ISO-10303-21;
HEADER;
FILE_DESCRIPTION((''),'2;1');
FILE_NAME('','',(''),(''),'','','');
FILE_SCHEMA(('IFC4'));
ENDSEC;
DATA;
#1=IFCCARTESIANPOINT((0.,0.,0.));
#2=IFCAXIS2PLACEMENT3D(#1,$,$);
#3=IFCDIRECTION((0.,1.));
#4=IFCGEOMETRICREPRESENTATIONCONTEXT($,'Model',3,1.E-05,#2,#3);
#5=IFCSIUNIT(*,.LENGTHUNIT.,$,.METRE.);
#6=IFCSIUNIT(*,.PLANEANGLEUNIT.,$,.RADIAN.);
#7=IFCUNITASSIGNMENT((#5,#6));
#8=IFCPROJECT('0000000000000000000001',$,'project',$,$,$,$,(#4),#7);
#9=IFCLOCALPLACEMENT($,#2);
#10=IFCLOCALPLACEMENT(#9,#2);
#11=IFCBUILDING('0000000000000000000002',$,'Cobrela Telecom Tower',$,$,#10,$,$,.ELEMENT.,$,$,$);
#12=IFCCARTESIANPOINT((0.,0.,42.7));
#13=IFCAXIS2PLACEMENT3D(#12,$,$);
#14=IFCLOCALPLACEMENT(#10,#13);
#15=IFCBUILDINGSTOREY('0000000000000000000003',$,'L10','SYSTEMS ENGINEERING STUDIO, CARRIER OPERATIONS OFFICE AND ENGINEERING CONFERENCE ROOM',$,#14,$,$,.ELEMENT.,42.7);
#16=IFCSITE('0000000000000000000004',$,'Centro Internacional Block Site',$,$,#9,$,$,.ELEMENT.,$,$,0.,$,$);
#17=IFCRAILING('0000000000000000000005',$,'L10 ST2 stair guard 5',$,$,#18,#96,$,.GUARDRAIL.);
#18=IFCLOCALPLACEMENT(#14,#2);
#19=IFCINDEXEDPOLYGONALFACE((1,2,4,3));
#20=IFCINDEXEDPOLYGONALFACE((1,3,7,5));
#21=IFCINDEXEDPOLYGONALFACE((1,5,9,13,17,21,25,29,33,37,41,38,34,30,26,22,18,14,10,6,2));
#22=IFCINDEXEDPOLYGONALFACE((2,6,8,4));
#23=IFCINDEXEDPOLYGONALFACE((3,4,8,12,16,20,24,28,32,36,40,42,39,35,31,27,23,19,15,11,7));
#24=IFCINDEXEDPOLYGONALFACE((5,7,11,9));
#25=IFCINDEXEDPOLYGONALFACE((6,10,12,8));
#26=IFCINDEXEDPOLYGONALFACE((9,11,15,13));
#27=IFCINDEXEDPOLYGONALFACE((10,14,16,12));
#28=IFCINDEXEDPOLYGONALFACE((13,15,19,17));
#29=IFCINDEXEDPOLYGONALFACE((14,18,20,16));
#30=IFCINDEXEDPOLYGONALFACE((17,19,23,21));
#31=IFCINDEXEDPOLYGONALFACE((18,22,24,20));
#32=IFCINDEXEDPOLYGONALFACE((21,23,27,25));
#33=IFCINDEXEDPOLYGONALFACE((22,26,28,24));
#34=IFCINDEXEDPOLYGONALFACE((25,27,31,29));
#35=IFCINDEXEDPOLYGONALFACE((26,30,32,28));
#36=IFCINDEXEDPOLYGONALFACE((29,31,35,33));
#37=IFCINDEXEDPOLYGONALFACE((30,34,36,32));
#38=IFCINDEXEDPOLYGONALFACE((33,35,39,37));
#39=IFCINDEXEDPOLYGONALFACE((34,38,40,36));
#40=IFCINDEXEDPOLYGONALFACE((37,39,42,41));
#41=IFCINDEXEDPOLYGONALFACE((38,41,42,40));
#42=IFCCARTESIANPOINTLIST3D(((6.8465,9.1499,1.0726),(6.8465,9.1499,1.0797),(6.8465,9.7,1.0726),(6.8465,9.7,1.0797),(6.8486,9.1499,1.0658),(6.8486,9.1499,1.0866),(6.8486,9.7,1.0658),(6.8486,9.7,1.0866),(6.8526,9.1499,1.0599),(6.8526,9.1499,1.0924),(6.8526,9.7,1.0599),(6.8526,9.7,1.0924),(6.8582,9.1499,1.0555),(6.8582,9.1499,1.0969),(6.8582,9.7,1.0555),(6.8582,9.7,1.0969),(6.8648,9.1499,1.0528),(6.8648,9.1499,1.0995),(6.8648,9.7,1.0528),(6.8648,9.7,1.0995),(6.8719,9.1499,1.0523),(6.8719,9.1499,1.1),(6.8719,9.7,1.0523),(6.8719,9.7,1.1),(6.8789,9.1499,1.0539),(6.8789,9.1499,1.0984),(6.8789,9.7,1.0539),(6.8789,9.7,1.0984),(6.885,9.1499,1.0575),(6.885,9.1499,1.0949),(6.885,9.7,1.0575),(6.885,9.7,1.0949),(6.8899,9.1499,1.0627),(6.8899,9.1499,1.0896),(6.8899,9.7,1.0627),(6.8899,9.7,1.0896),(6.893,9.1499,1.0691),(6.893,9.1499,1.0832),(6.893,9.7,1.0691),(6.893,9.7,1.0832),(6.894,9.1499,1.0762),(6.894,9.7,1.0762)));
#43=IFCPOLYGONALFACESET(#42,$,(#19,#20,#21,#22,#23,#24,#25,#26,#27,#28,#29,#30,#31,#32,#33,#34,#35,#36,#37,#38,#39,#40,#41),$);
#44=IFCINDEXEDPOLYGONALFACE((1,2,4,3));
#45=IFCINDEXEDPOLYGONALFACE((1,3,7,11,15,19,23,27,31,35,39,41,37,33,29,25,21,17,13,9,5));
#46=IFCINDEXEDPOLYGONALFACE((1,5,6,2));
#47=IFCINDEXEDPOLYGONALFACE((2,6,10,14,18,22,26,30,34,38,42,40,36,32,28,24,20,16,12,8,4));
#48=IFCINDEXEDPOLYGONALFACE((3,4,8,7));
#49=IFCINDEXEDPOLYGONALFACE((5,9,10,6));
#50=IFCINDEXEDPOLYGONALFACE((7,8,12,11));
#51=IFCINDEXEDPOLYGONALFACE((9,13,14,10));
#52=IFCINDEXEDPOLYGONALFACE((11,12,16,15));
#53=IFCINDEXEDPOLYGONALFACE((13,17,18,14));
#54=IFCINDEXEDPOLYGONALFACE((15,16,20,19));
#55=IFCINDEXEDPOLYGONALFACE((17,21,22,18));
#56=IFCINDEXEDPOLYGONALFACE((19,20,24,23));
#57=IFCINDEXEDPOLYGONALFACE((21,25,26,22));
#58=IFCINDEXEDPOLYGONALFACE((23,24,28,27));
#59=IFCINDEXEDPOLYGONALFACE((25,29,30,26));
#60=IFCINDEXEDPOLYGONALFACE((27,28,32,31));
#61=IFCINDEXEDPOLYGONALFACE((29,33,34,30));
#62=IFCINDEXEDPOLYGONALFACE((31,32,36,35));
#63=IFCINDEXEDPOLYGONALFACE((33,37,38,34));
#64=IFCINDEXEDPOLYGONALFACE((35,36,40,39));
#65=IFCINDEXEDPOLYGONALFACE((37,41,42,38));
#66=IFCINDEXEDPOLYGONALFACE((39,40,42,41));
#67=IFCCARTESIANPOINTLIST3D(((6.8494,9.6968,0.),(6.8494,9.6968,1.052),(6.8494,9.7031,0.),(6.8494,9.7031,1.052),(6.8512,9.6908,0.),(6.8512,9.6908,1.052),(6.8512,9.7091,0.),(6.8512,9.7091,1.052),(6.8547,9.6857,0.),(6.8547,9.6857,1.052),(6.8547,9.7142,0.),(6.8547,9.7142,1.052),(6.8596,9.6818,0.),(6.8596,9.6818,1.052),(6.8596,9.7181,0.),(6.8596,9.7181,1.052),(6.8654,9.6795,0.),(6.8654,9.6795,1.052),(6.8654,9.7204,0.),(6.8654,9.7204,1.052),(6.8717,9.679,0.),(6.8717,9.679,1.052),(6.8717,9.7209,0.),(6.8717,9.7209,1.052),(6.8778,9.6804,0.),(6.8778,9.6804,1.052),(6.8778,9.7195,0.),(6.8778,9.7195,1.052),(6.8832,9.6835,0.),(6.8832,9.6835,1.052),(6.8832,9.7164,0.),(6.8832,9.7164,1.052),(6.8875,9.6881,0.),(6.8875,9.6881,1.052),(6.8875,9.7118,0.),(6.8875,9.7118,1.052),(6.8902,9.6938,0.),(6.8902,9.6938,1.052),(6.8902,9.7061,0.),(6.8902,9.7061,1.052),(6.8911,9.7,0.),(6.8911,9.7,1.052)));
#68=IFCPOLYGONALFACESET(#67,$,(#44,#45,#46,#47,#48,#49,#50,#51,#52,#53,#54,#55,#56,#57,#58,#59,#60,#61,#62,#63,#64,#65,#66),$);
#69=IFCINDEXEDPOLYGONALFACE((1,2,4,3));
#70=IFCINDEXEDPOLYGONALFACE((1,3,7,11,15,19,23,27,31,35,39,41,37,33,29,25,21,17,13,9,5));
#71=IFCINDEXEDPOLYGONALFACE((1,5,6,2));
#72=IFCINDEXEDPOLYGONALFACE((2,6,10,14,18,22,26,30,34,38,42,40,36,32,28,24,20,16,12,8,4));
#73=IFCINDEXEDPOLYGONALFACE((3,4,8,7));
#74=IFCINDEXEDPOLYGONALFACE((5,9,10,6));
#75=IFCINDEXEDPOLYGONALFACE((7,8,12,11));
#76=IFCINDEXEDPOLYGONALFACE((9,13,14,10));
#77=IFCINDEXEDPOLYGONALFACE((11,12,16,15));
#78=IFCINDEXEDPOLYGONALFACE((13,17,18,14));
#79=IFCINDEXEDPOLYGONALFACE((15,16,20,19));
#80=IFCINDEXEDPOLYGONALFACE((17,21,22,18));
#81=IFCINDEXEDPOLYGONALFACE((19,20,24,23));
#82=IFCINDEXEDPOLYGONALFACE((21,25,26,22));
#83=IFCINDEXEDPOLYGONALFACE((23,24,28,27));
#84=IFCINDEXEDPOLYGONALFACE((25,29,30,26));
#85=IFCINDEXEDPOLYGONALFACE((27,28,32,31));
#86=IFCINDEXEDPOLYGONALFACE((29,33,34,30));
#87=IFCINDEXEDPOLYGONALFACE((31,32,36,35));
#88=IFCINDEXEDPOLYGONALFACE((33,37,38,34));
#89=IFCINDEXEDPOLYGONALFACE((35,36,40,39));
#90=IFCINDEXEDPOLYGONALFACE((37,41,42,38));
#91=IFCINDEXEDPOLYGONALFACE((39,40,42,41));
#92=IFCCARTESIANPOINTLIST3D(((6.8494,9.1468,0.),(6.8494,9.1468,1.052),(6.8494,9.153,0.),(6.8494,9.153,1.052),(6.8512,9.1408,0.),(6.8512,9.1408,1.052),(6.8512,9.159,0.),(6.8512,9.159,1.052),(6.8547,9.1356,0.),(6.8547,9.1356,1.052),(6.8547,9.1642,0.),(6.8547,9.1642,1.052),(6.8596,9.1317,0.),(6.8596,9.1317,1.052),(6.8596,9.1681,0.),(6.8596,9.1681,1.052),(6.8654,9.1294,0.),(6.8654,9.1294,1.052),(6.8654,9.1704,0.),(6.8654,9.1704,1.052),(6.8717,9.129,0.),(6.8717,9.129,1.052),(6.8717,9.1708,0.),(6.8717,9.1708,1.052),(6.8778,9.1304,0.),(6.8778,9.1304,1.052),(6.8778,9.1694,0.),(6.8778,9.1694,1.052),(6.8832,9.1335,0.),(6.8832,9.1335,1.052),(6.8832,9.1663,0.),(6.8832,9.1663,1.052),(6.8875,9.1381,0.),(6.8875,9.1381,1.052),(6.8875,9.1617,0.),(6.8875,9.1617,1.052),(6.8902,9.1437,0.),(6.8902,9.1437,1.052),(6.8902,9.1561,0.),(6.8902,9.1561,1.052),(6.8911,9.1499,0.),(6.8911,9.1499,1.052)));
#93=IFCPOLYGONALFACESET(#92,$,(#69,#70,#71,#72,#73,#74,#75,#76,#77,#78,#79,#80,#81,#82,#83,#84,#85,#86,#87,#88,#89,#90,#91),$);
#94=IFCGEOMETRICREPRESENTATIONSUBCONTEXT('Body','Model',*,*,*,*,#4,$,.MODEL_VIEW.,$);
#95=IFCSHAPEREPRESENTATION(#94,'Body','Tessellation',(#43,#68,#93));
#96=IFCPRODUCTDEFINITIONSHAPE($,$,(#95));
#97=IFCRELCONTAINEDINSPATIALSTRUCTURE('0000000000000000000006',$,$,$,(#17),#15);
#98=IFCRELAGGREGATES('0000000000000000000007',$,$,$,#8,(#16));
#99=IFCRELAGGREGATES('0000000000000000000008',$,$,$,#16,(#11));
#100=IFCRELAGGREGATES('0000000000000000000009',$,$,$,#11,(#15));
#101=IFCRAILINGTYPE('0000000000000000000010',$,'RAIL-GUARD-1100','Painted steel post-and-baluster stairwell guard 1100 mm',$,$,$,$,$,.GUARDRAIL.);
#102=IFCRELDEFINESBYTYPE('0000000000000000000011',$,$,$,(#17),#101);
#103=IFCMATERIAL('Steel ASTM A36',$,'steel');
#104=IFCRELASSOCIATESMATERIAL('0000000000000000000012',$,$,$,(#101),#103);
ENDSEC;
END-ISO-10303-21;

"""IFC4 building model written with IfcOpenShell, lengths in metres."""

from ifc_helpers import new_model, si_unit, direction, frame, origin, origin_2d, place, context, subcontext, project, spatial, circle, extrude, material, type_object, element, save


model = new_model("IFC4")

# Units and contexts
model_context = context("Model", 3, precision=1e-05, world=origin(), true_north=direction((0.0, 1.0)))
body_context = subcontext(model_context, "Body", "Model", "MODEL_VIEW")
ifc_project = project(units=[si_unit("LENGTHUNIT", "METRE"), si_unit("PLANEANGLEUNIT", "RADIAN")], contexts=[model_context])

# Site, building, storey
site_placement = place(None, origin())
site = spatial("IfcSite", under=ifc_project, at=site_placement, Name="Centro Internacional Block Site", CompositionType="ELEMENT", RefElevation=0.0)
building_placement = place(site_placement, origin())
building = spatial("IfcBuilding", under=site, at=building_placement, Name="Cobrela Telecom Tower", CompositionType="ELEMENT")
storey_placement = place(building_placement, frame((0.0, 0.0, 42.7)))
storey = spatial("IfcBuildingStorey", under=building, at=storey_placement, Name="L10", Description="SYSTEMS ENGINEERING STUDIO, CARRIER OPERATIONS OFFICE AND ENGINEERING CONFERENCE ROOM", CompositionType="ELEMENT", Elevation=42.7)

# Railing
ifc_material_1 = material(Name="Steel ASTM A36", Category="steel")
railing_type_1 = type_object("IfcRailingType", Name="RAIL-GUARD-1100", Description="Painted steel post-and-baluster stairwell guard 1100 mm", PredefinedType="GUARDRAIL", material=ifc_material_1)
railing_1_placement = place(storey_placement, frame((6.8701, 9.7, 0.0)))
element("IfcRailing", 1, at=railing_1_placement, inside=storey, type_object=railing_type_1, Name="L10 ST2 stair guard 5", PredefinedType="GUARDRAIL", context=body_context, shape_type="SweptSolid", body=[
    extrude(circle(Radius=0.0239, at=origin_2d()), frame((0.0, 0.0, 1.0762), z_axis=(0.0, -1.0, 0.0), x_axis=(1.0, 0.0, 0.0)), (0.0, 0.0, 1.0), 0.55),
    extrude(circle(Radius=0.021, at=origin_2d()), origin(), (0.0, 0.0, 1.0), 1.052),
    extrude(circle(Radius=0.021, at=origin_2d()), frame((0.0, -0.55, 0.0)), (0.0, 0.0, 1.0), 1.052),
])

save(model, "model.ifc")
